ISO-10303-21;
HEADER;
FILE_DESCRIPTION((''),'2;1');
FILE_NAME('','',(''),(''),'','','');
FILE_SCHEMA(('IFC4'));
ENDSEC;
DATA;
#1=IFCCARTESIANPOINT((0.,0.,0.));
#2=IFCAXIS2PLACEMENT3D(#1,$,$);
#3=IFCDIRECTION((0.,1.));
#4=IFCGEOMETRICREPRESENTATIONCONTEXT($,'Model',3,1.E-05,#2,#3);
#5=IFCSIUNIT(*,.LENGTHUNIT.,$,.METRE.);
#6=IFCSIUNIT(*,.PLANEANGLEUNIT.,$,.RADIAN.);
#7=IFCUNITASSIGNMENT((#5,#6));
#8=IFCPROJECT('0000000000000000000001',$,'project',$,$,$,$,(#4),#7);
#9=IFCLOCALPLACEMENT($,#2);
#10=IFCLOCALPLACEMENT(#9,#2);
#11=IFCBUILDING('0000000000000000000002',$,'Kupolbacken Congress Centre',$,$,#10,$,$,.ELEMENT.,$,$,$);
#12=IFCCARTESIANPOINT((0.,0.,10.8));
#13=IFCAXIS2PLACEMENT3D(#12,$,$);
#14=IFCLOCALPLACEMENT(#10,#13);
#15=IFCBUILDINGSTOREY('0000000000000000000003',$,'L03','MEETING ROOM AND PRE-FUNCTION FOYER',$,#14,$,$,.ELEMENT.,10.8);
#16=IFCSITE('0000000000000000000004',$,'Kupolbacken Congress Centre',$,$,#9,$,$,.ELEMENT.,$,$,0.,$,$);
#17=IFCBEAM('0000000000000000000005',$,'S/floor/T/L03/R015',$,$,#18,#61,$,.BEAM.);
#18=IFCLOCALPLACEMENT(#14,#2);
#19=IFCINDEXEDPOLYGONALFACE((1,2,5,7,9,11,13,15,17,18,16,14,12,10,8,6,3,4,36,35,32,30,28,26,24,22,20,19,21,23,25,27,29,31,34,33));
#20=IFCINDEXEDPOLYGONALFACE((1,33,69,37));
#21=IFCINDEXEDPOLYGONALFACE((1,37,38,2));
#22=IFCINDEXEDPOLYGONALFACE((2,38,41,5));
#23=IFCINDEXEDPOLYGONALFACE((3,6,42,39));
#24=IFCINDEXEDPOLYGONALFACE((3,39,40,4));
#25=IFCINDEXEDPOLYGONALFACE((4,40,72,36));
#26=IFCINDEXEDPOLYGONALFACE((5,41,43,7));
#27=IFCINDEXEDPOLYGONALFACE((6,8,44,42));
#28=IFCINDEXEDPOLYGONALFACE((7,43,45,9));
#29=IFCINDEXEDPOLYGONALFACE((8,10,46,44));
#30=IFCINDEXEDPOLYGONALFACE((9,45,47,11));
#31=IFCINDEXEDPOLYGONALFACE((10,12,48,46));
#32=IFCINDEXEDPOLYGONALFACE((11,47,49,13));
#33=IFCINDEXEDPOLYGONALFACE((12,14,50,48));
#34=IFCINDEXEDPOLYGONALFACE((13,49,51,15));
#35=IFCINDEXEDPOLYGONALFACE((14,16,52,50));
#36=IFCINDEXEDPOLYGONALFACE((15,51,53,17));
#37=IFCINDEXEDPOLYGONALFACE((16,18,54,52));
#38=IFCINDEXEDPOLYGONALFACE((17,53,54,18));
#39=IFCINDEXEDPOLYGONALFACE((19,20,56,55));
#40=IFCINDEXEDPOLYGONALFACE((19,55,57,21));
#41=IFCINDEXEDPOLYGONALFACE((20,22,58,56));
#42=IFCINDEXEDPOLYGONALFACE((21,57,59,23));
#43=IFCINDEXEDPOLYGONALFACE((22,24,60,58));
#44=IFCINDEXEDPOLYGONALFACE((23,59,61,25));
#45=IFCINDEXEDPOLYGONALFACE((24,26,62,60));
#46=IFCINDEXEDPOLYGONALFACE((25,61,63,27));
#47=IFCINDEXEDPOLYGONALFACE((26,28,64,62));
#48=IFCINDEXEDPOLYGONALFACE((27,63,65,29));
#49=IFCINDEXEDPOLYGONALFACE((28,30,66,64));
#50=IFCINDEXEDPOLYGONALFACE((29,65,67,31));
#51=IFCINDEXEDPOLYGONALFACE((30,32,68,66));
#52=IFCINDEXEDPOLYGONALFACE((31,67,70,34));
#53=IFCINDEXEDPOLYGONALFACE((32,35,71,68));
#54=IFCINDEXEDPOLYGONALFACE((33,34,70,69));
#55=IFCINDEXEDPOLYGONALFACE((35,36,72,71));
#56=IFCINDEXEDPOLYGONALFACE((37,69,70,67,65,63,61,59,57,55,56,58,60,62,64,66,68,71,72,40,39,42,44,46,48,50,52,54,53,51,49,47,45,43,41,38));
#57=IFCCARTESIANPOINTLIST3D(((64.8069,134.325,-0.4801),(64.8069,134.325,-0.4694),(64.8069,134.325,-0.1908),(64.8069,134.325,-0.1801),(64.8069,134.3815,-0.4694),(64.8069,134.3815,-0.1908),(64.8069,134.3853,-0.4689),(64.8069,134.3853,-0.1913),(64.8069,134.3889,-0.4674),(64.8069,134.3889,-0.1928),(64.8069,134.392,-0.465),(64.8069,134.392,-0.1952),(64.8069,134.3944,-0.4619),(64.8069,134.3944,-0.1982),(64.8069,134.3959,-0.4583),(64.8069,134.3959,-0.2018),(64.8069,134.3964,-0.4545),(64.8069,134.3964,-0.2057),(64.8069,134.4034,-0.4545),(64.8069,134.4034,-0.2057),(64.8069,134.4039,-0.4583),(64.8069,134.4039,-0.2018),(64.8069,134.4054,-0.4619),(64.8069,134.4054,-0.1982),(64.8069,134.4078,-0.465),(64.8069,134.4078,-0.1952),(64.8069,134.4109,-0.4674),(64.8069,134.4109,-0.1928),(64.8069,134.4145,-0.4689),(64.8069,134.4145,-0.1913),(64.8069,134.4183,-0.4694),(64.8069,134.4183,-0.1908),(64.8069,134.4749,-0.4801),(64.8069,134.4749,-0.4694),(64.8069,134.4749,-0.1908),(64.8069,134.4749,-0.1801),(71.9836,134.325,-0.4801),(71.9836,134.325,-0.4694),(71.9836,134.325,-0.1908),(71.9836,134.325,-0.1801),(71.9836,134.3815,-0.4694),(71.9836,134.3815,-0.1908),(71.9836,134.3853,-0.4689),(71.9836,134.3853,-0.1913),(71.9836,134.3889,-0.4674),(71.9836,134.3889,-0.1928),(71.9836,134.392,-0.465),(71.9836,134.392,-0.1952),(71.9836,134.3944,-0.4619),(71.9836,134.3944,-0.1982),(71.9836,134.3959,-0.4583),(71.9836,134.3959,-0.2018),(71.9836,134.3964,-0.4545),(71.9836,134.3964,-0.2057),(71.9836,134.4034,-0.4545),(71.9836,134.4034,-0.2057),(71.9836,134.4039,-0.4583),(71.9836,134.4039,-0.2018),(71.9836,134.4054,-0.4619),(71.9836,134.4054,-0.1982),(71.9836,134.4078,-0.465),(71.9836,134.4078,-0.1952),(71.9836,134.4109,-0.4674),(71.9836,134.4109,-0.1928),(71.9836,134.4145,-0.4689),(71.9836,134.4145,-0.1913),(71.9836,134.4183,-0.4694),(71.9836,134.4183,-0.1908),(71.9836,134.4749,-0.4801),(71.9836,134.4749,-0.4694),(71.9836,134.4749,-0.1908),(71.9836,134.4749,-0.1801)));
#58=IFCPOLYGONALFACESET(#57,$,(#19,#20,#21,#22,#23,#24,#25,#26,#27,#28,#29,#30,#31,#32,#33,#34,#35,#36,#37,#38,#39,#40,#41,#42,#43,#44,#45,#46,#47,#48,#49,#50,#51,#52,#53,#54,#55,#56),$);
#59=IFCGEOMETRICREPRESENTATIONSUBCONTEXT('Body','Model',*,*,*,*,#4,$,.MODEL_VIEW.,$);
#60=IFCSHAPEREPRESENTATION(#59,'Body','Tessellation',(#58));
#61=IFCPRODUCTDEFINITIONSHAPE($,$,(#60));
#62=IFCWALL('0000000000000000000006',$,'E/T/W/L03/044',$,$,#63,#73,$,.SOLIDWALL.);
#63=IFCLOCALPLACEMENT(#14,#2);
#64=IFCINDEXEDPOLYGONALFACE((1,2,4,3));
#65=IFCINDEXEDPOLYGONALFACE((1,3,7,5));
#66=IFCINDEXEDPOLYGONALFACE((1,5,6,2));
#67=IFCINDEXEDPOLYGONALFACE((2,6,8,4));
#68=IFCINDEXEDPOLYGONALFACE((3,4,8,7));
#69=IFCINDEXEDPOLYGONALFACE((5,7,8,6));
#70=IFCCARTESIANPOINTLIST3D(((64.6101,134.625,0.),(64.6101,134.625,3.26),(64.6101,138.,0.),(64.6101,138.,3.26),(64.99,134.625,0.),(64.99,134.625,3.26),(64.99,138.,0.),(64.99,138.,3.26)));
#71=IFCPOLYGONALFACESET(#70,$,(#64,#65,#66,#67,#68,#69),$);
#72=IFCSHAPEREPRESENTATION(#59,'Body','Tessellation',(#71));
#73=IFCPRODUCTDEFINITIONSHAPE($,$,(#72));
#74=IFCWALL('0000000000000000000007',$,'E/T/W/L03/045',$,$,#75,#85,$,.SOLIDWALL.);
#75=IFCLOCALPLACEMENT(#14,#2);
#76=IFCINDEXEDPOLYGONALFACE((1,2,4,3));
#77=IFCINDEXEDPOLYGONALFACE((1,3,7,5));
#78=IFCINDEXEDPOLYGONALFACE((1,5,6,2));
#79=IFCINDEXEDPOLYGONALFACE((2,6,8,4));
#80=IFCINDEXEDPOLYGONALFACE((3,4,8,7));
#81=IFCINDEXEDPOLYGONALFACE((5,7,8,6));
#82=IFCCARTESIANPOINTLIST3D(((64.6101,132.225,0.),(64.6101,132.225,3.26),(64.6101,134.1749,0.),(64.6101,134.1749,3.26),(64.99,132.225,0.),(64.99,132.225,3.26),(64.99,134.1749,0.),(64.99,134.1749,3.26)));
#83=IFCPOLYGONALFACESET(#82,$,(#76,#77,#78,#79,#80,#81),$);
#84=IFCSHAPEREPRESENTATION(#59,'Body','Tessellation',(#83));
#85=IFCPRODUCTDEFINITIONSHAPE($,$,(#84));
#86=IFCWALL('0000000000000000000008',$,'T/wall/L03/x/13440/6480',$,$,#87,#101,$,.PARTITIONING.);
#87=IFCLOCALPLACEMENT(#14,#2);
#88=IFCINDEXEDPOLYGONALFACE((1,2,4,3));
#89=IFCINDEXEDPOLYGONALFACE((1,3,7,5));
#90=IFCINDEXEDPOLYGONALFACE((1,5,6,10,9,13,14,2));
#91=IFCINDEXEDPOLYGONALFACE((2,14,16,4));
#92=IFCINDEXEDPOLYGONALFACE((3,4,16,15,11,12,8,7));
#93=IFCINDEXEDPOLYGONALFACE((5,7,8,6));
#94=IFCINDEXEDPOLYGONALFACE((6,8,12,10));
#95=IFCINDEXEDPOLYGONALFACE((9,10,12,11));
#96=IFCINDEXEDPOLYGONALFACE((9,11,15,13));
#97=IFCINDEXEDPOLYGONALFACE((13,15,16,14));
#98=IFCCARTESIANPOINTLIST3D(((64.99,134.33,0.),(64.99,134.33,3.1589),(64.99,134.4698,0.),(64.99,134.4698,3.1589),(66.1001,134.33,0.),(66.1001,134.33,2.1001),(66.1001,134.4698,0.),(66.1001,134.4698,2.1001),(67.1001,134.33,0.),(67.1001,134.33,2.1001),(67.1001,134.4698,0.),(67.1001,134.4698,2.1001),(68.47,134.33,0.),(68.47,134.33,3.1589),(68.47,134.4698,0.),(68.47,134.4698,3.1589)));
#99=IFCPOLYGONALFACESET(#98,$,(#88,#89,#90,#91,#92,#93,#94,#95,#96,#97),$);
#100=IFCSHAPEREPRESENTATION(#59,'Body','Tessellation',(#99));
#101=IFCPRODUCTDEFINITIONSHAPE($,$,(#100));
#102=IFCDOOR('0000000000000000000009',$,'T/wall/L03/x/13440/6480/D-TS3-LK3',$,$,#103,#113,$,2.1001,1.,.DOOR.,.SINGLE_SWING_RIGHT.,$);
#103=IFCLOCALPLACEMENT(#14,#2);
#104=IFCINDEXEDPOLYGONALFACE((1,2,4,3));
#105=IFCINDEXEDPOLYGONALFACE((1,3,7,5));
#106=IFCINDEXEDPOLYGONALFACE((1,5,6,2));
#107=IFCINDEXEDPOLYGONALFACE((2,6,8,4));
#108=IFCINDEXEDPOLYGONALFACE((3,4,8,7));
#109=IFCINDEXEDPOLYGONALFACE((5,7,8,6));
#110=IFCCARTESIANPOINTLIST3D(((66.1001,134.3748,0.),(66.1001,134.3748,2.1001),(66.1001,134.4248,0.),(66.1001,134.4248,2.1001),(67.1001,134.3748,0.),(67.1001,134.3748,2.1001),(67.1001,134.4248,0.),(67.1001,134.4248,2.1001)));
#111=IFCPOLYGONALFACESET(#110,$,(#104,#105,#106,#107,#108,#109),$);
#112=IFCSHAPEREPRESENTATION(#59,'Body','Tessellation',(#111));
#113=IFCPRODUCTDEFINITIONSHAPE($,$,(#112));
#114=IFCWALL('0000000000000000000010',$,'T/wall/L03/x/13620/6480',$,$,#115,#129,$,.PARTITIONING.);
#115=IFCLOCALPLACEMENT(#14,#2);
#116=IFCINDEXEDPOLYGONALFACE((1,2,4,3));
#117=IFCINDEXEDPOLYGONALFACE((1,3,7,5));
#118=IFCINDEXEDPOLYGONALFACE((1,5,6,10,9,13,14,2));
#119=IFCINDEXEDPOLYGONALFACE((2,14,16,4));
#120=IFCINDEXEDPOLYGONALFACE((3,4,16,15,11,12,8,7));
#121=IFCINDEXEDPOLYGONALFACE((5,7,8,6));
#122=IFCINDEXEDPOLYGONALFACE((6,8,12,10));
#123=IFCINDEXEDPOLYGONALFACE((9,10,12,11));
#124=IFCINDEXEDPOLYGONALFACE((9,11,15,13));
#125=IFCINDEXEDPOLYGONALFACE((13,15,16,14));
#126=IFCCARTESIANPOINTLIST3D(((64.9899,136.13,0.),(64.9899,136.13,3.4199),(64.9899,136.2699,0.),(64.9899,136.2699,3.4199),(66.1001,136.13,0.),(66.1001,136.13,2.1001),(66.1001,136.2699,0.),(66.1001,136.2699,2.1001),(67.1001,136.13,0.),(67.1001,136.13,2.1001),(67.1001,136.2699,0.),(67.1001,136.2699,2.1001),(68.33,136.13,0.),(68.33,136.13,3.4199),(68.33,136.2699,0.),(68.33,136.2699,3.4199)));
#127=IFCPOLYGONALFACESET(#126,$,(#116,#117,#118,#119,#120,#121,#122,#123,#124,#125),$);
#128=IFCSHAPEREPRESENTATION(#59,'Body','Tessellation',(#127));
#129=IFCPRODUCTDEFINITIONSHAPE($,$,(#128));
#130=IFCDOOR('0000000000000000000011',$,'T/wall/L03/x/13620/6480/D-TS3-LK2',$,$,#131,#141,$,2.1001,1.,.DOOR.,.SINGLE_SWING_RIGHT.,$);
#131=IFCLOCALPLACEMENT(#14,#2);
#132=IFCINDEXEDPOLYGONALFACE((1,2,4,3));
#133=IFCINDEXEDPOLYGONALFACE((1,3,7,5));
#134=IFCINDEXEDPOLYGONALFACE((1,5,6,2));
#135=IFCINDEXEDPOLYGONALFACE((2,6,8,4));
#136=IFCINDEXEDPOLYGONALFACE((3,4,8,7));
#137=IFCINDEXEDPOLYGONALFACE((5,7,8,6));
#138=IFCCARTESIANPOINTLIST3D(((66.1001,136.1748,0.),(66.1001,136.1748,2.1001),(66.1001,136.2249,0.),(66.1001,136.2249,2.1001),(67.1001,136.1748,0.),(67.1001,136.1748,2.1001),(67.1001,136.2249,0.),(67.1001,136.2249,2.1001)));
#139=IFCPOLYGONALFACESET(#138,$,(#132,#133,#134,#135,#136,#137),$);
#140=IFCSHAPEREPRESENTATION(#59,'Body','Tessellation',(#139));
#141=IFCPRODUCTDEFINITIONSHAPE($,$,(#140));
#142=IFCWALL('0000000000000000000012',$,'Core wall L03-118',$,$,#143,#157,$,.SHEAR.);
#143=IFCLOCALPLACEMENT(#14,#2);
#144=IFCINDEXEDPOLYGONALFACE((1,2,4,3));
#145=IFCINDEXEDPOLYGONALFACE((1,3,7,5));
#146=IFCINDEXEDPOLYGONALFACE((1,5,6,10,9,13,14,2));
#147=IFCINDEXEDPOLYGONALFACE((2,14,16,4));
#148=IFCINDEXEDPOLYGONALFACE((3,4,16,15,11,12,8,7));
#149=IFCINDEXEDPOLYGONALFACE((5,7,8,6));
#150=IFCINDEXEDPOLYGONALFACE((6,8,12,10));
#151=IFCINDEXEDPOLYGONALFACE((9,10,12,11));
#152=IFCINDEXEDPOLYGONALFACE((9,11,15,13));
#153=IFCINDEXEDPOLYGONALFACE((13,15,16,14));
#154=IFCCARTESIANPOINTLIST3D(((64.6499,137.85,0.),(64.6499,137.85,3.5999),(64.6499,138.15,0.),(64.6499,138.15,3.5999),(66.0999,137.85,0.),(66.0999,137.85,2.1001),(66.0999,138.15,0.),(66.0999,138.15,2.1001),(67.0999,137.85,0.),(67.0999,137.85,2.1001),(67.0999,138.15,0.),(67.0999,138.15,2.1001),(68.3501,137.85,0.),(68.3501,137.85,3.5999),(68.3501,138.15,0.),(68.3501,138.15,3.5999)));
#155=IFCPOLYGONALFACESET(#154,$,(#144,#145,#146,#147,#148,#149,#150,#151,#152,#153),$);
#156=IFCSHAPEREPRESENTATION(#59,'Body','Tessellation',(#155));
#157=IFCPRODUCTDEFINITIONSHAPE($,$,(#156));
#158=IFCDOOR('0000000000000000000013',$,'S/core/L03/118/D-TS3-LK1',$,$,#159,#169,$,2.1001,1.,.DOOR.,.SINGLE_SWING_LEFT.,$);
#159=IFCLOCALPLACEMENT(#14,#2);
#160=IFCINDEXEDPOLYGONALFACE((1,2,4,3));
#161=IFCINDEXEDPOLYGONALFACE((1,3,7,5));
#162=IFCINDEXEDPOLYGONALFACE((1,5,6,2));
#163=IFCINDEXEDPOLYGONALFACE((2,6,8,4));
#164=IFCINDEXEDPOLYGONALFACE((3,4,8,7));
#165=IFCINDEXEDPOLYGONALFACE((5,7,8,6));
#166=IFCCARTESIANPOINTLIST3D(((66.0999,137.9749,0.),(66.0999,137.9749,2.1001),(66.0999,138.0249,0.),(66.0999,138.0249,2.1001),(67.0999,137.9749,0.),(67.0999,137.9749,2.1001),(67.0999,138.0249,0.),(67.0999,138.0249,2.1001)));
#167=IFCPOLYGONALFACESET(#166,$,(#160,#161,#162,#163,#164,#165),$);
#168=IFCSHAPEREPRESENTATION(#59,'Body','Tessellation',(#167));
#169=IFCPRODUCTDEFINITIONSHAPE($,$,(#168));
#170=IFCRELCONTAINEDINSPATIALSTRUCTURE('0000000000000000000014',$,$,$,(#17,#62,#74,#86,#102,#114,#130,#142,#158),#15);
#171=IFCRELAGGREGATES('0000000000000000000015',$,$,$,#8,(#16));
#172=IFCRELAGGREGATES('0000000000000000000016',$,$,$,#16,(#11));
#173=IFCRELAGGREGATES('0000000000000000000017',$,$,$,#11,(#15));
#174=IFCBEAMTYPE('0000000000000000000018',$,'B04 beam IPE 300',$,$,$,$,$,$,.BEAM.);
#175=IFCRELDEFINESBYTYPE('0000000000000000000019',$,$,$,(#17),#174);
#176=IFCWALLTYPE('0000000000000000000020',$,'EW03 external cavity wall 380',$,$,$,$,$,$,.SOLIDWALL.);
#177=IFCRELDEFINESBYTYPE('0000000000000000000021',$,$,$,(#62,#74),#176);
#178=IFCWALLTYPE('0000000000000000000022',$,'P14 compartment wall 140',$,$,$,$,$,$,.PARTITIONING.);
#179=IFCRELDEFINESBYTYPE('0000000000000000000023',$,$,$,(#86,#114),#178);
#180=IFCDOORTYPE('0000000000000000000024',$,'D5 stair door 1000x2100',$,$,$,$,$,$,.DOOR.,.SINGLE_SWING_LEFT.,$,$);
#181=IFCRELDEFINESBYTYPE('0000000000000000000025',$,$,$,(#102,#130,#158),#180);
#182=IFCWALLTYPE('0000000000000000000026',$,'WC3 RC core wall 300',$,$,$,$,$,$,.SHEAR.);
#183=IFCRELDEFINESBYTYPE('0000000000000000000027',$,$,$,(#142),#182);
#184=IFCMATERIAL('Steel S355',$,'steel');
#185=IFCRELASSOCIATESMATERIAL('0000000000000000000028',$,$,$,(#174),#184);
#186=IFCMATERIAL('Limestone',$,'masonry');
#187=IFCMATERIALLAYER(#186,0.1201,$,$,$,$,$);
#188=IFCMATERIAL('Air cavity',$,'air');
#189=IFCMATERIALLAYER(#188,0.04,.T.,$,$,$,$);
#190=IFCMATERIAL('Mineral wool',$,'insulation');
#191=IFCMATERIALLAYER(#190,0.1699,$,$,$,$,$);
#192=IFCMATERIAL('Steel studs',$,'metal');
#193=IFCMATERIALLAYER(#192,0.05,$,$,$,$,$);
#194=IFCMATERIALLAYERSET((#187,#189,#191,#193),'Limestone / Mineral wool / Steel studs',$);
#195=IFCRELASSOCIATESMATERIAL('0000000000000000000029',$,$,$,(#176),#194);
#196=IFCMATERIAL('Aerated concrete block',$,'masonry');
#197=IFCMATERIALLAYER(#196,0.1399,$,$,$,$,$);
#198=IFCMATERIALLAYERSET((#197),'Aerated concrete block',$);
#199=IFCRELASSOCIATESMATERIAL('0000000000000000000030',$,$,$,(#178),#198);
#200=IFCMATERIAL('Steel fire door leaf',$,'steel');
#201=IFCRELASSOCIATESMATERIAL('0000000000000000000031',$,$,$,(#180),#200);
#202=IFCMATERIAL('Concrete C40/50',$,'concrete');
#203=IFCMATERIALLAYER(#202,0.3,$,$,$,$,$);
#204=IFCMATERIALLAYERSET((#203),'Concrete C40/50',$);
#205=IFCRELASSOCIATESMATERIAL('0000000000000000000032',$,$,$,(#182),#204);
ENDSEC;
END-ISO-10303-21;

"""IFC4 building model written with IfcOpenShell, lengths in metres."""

from ifc_helpers import new_model, si_unit, direction, frame, frame_2d, origin, origin_2d, place, context, subcontext, project, spatial, rectangle, i_section, extrude, material, layer, layer_set, material_profile, profile_set, type_object, element, fill, save


model = new_model("IFC4")

# Units and contexts
model_context = context("Model", 3, precision=1e-05, world=origin(), true_north=direction((0.0, 1.0)))
body_context = subcontext(model_context, "Body", "Model", "MODEL_VIEW")
ifc_project = project(units=[si_unit("LENGTHUNIT", "METRE"), si_unit("PLANEANGLEUNIT", "RADIAN")], contexts=[model_context])

# Site, building, storey
site_placement = place(None, origin())
site = spatial("IfcSite", under=ifc_project, at=site_placement, Name="Kupolbacken Congress Centre", CompositionType="ELEMENT", RefElevation=0.0)
building_placement = place(site_placement, origin())
building = spatial("IfcBuilding", under=site, at=building_placement, Name="Kupolbacken Congress Centre", CompositionType="ELEMENT")
storey_placement = place(building_placement, frame((0.0, 0.0, 10.8)))
storey = spatial("IfcBuildingStorey", under=building, at=storey_placement, Name="L03", Description="MEETING ROOM AND PRE-FUNCTION FOYER", CompositionType="ELEMENT", Elevation=10.8)

# Beam
ifc_material_1 = material(Name="Steel S355", Category="steel")
ifc_material_profile_1 = material_profile(ifc_material_1, i_section(OverallWidth=0.1499, OverallDepth=0.3, WebThickness=0.0071, FlangeThickness=0.0107, FilletRadius=0.0149, at=origin_2d()), Name="IPE 300")
ifc_profile_set_1 = profile_set([ifc_material_profile_1], Name="Steel S355")
beam_type_1 = type_object("IfcBeamType", Name="B04 beam IPE 300", PredefinedType="BEAM", material=ifc_profile_set_1)
beam_1_placement = place(storey_placement, frame((64.8069, 134.3999, -0.3301), z_axis=(1.0, 0.0, 0.0), x_axis=(0.0, 1.0, 0.0)))
element("IfcBeam", 1, at=beam_1_placement, inside=storey, type_object=beam_type_1, Name="S/floor/T/L03/R015", PredefinedType="BEAM", context=body_context, shape_type="SweptSolid", body=[
    extrude(i_section(OverallWidth=0.1499, OverallDepth=0.3, WebThickness=0.0071, FlangeThickness=0.0107, FilletRadius=0.0149, at=origin_2d()), origin(), (0.0, 0.0, 1.0), 7.1768),
])

# Walls
ifc_material_2 = material(Name="Limestone", Category="masonry")
ifc_layer_1 = layer(ifc_material_2, 0.1201)
ifc_material_3 = material(Name="Air cavity", Category="air")
ifc_layer_2 = layer(ifc_material_3, 0.04, ventilated=True)
ifc_material_4 = material(Name="Mineral wool", Category="insulation")
ifc_layer_3 = layer(ifc_material_4, 0.1699)
ifc_material_5 = material(Name="Steel studs", Category="metal")
ifc_layer_4 = layer(ifc_material_5, 0.05)
ifc_layer_set_1 = layer_set([ifc_layer_1, ifc_layer_2, ifc_layer_3, ifc_layer_4], Name="Limestone / Mineral wool / Steel studs")
wall_type_1 = type_object("IfcWallType", Name="EW03 external cavity wall 380", PredefinedType="SOLIDWALL", material=ifc_layer_set_1)
wall_1_placement = place(storey_placement, frame((64.8, 138.0, 0.0), z_axis=(0.0, 0.0, 1.0), x_axis=(0.0, -1.0, 0.0)))
element("IfcWall", 2, at=wall_1_placement, inside=storey, type_object=wall_type_1, Name="E/T/W/L03/044", PredefinedType="SOLIDWALL", context=body_context, shape_type="SweptSolid", body=[
    extrude(rectangle(XDim=3.375, YDim=0.3799, at=frame_2d((1.6875, 0.0))), origin(), (0.0, 0.0, 1.0), 3.26),
])
wall_2_placement = place(storey_placement, frame((64.8, 134.175, 0.0), z_axis=(0.0, 0.0, 1.0), x_axis=(0.0, -1.0, 0.0)))
element("IfcWall", 3, at=wall_2_placement, inside=storey, type_object=wall_type_1, Name="E/T/W/L03/045", PredefinedType="SOLIDWALL", context=body_context, shape_type="SweptSolid", body=[
    extrude(rectangle(XDim=1.95, YDim=0.3799, at=frame_2d((0.9751, 0.0))), origin(), (0.0, 0.0, 1.0), 3.26),
])

# Walls, openings, doors
ifc_material_6 = material(Name="Aerated concrete block", Category="masonry")
ifc_layer_5 = layer(ifc_material_6, 0.1399)
ifc_layer_set_2 = layer_set([ifc_layer_5], Name="Aerated concrete block")
wall_type_2 = type_object("IfcWallType", Name="P14 compartment wall 140", PredefinedType="PARTITIONING", material=ifc_layer_set_2)
wall_3_placement = place(storey_placement, frame((64.99, 134.3999, 0.0), z_axis=(0.0, 0.0, 1.0), x_axis=(1.0, 0.0, 0.0)))
wall_3 = element("IfcWall", 4, at=wall_3_placement, inside=storey, type_object=wall_type_2, Name="T/wall/L03/x/13440/6480", PredefinedType="PARTITIONING", context=body_context, shape_type="SweptSolid", body=[
    extrude(rectangle(XDim=3.48, YDim=0.1399, at=frame_2d((1.74, 0.0))), origin(), (0.0, 0.0, 1.0), 3.1589),
])
opening_1_placement = place(wall_3_placement, frame((1.1101, 0.0, 0.0)))
opening_1 = element("IfcOpeningElement", 5, at=opening_1_placement, cuts=wall_3, PredefinedType="OPENING", context=body_context, shape_type="SweptSolid", body=[
    extrude(rectangle(XDim=1.0, YDim=2.1001, at=frame_2d((0.5, 1.05))), frame((0.0, 0.0798, 0.0), z_axis=(0.0, -1.0, 0.0), x_axis=(1.0, 0.0, 0.0)), (0.0, 0.0, 1.0), 0.1599),
])
ifc_material_7 = material(Name="Steel fire door leaf", Category="steel")
door_type = type_object("IfcDoorType", Name="D5 stair door 1000x2100", OperationType="SINGLE_SWING_LEFT", PredefinedType="DOOR", material=ifc_material_7)
door_1_placement = place(opening_1_placement, origin())
door_1 = element("IfcDoor", 6, at=door_1_placement, inside=storey, type_object=door_type, Name="T/wall/L03/x/13440/6480/D-TS3-LK3", OperationType="SINGLE_SWING_RIGHT", OverallHeight=2.1001, OverallWidth=1.0, PredefinedType="DOOR", context=body_context, shape_type="SweptSolid", body=[
    extrude(rectangle(XDim=1.0, YDim=2.1001, at=frame_2d((0.5, 1.05))), frame((0.0, 0.0249, 0.0), z_axis=(0.0, -1.0, 0.0), x_axis=(1.0, 0.0, 0.0)), (0.0, 0.0, 1.0), 0.05),
])
fill(opening_1, door_1)
wall_4_placement = place(storey_placement, frame((64.99, 136.2, 0.0), z_axis=(0.0, 0.0, 1.0), x_axis=(1.0, 0.0, 0.0)))
wall_4 = element("IfcWall", 7, at=wall_4_placement, inside=storey, type_object=wall_type_2, Name="T/wall/L03/x/13620/6480", PredefinedType="PARTITIONING", context=body_context, shape_type="SweptSolid", body=[
    extrude(rectangle(XDim=3.3401, YDim=0.1399, at=frame_2d((1.6699, 0.0))), origin(), (0.0, 0.0, 1.0), 3.4199),
])
opening_2_placement = place(wall_4_placement, frame((1.1101, 0.0, 0.0)))
opening_2 = element("IfcOpeningElement", 8, at=opening_2_placement, cuts=wall_4, PredefinedType="OPENING", context=body_context, shape_type="SweptSolid", body=[
    extrude(rectangle(XDim=1.0, YDim=2.1001, at=frame_2d((0.5, 1.05))), frame((0.0, 0.0798, 0.0), z_axis=(0.0, -1.0, 0.0), x_axis=(1.0, 0.0, 0.0)), (0.0, 0.0, 1.0), 0.1599),
])
door_2_placement = place(opening_2_placement, origin())
door_2 = element("IfcDoor", 9, at=door_2_placement, inside=storey, type_object=door_type, Name="T/wall/L03/x/13620/6480/D-TS3-LK2", OperationType="SINGLE_SWING_RIGHT", OverallHeight=2.1001, OverallWidth=1.0, PredefinedType="DOOR", context=body_context, shape_type="SweptSolid", body=[
    extrude(rectangle(XDim=1.0, YDim=2.1001, at=frame_2d((0.5, 1.05))), frame((0.0, 0.0249, 0.0), z_axis=(0.0, -1.0, 0.0), x_axis=(1.0, 0.0, 0.0)), (0.0, 0.0, 1.0), 0.05),
])
fill(opening_2, door_2)
ifc_material_8 = material(Name="Concrete C40/50", Category="concrete")
ifc_layer_6 = layer(ifc_material_8, 0.3)
ifc_layer_set_3 = layer_set([ifc_layer_6], Name="Concrete C40/50")
wall_type_3 = type_object("IfcWallType", Name="WC3 RC core wall 300", PredefinedType="SHEAR", material=ifc_layer_set_3)
wall_5_placement = place(storey_placement, frame((64.6499, 138.0, 0.0), z_axis=(0.0, 0.0, 1.0), x_axis=(1.0, 0.0, 0.0)))
wall_5 = element("IfcWall", 10, at=wall_5_placement, inside=storey, type_object=wall_type_3, Name="Core wall L03-118", PredefinedType="SHEAR", context=body_context, shape_type="SweptSolid", body=[
    extrude(rectangle(XDim=3.7002, YDim=0.3, at=frame_2d((1.8501, 0.0))), origin(), (0.0, 0.0, 1.0), 3.5999),
])
opening_3_placement = place(wall_5_placement, frame((1.45, 0.0, 0.0)))
opening_3 = element("IfcOpeningElement", 11, at=opening_3_placement, cuts=wall_5, PredefinedType="OPENING", context=body_context, shape_type="SweptSolid", body=[
    extrude(rectangle(XDim=1.0, YDim=2.1001, at=frame_2d((0.5, 1.05))), frame((0.0, 0.1599, 0.0), z_axis=(0.0, -1.0, 0.0), x_axis=(1.0, 0.0, 0.0)), (0.0, 0.0, 1.0), 0.3201),
])
door_3_placement = place(opening_3_placement, origin())
door_3 = element("IfcDoor", 12, at=door_3_placement, inside=storey, type_object=door_type, Name="S/core/L03/118/D-TS3-LK1", OperationType="SINGLE_SWING_LEFT", OverallHeight=2.1001, OverallWidth=1.0, PredefinedType="DOOR", context=body_context, shape_type="SweptSolid", body=[
    extrude(rectangle(XDim=1.0, YDim=2.1001, at=frame_2d((0.5, 1.05))), frame((0.0, 0.0249, 0.0), z_axis=(0.0, -1.0, 0.0), x_axis=(1.0, 0.0, 0.0)), (0.0, 0.0, 1.0), 0.05),
])
fill(opening_3, door_3)

save(model, "model.ifc")
